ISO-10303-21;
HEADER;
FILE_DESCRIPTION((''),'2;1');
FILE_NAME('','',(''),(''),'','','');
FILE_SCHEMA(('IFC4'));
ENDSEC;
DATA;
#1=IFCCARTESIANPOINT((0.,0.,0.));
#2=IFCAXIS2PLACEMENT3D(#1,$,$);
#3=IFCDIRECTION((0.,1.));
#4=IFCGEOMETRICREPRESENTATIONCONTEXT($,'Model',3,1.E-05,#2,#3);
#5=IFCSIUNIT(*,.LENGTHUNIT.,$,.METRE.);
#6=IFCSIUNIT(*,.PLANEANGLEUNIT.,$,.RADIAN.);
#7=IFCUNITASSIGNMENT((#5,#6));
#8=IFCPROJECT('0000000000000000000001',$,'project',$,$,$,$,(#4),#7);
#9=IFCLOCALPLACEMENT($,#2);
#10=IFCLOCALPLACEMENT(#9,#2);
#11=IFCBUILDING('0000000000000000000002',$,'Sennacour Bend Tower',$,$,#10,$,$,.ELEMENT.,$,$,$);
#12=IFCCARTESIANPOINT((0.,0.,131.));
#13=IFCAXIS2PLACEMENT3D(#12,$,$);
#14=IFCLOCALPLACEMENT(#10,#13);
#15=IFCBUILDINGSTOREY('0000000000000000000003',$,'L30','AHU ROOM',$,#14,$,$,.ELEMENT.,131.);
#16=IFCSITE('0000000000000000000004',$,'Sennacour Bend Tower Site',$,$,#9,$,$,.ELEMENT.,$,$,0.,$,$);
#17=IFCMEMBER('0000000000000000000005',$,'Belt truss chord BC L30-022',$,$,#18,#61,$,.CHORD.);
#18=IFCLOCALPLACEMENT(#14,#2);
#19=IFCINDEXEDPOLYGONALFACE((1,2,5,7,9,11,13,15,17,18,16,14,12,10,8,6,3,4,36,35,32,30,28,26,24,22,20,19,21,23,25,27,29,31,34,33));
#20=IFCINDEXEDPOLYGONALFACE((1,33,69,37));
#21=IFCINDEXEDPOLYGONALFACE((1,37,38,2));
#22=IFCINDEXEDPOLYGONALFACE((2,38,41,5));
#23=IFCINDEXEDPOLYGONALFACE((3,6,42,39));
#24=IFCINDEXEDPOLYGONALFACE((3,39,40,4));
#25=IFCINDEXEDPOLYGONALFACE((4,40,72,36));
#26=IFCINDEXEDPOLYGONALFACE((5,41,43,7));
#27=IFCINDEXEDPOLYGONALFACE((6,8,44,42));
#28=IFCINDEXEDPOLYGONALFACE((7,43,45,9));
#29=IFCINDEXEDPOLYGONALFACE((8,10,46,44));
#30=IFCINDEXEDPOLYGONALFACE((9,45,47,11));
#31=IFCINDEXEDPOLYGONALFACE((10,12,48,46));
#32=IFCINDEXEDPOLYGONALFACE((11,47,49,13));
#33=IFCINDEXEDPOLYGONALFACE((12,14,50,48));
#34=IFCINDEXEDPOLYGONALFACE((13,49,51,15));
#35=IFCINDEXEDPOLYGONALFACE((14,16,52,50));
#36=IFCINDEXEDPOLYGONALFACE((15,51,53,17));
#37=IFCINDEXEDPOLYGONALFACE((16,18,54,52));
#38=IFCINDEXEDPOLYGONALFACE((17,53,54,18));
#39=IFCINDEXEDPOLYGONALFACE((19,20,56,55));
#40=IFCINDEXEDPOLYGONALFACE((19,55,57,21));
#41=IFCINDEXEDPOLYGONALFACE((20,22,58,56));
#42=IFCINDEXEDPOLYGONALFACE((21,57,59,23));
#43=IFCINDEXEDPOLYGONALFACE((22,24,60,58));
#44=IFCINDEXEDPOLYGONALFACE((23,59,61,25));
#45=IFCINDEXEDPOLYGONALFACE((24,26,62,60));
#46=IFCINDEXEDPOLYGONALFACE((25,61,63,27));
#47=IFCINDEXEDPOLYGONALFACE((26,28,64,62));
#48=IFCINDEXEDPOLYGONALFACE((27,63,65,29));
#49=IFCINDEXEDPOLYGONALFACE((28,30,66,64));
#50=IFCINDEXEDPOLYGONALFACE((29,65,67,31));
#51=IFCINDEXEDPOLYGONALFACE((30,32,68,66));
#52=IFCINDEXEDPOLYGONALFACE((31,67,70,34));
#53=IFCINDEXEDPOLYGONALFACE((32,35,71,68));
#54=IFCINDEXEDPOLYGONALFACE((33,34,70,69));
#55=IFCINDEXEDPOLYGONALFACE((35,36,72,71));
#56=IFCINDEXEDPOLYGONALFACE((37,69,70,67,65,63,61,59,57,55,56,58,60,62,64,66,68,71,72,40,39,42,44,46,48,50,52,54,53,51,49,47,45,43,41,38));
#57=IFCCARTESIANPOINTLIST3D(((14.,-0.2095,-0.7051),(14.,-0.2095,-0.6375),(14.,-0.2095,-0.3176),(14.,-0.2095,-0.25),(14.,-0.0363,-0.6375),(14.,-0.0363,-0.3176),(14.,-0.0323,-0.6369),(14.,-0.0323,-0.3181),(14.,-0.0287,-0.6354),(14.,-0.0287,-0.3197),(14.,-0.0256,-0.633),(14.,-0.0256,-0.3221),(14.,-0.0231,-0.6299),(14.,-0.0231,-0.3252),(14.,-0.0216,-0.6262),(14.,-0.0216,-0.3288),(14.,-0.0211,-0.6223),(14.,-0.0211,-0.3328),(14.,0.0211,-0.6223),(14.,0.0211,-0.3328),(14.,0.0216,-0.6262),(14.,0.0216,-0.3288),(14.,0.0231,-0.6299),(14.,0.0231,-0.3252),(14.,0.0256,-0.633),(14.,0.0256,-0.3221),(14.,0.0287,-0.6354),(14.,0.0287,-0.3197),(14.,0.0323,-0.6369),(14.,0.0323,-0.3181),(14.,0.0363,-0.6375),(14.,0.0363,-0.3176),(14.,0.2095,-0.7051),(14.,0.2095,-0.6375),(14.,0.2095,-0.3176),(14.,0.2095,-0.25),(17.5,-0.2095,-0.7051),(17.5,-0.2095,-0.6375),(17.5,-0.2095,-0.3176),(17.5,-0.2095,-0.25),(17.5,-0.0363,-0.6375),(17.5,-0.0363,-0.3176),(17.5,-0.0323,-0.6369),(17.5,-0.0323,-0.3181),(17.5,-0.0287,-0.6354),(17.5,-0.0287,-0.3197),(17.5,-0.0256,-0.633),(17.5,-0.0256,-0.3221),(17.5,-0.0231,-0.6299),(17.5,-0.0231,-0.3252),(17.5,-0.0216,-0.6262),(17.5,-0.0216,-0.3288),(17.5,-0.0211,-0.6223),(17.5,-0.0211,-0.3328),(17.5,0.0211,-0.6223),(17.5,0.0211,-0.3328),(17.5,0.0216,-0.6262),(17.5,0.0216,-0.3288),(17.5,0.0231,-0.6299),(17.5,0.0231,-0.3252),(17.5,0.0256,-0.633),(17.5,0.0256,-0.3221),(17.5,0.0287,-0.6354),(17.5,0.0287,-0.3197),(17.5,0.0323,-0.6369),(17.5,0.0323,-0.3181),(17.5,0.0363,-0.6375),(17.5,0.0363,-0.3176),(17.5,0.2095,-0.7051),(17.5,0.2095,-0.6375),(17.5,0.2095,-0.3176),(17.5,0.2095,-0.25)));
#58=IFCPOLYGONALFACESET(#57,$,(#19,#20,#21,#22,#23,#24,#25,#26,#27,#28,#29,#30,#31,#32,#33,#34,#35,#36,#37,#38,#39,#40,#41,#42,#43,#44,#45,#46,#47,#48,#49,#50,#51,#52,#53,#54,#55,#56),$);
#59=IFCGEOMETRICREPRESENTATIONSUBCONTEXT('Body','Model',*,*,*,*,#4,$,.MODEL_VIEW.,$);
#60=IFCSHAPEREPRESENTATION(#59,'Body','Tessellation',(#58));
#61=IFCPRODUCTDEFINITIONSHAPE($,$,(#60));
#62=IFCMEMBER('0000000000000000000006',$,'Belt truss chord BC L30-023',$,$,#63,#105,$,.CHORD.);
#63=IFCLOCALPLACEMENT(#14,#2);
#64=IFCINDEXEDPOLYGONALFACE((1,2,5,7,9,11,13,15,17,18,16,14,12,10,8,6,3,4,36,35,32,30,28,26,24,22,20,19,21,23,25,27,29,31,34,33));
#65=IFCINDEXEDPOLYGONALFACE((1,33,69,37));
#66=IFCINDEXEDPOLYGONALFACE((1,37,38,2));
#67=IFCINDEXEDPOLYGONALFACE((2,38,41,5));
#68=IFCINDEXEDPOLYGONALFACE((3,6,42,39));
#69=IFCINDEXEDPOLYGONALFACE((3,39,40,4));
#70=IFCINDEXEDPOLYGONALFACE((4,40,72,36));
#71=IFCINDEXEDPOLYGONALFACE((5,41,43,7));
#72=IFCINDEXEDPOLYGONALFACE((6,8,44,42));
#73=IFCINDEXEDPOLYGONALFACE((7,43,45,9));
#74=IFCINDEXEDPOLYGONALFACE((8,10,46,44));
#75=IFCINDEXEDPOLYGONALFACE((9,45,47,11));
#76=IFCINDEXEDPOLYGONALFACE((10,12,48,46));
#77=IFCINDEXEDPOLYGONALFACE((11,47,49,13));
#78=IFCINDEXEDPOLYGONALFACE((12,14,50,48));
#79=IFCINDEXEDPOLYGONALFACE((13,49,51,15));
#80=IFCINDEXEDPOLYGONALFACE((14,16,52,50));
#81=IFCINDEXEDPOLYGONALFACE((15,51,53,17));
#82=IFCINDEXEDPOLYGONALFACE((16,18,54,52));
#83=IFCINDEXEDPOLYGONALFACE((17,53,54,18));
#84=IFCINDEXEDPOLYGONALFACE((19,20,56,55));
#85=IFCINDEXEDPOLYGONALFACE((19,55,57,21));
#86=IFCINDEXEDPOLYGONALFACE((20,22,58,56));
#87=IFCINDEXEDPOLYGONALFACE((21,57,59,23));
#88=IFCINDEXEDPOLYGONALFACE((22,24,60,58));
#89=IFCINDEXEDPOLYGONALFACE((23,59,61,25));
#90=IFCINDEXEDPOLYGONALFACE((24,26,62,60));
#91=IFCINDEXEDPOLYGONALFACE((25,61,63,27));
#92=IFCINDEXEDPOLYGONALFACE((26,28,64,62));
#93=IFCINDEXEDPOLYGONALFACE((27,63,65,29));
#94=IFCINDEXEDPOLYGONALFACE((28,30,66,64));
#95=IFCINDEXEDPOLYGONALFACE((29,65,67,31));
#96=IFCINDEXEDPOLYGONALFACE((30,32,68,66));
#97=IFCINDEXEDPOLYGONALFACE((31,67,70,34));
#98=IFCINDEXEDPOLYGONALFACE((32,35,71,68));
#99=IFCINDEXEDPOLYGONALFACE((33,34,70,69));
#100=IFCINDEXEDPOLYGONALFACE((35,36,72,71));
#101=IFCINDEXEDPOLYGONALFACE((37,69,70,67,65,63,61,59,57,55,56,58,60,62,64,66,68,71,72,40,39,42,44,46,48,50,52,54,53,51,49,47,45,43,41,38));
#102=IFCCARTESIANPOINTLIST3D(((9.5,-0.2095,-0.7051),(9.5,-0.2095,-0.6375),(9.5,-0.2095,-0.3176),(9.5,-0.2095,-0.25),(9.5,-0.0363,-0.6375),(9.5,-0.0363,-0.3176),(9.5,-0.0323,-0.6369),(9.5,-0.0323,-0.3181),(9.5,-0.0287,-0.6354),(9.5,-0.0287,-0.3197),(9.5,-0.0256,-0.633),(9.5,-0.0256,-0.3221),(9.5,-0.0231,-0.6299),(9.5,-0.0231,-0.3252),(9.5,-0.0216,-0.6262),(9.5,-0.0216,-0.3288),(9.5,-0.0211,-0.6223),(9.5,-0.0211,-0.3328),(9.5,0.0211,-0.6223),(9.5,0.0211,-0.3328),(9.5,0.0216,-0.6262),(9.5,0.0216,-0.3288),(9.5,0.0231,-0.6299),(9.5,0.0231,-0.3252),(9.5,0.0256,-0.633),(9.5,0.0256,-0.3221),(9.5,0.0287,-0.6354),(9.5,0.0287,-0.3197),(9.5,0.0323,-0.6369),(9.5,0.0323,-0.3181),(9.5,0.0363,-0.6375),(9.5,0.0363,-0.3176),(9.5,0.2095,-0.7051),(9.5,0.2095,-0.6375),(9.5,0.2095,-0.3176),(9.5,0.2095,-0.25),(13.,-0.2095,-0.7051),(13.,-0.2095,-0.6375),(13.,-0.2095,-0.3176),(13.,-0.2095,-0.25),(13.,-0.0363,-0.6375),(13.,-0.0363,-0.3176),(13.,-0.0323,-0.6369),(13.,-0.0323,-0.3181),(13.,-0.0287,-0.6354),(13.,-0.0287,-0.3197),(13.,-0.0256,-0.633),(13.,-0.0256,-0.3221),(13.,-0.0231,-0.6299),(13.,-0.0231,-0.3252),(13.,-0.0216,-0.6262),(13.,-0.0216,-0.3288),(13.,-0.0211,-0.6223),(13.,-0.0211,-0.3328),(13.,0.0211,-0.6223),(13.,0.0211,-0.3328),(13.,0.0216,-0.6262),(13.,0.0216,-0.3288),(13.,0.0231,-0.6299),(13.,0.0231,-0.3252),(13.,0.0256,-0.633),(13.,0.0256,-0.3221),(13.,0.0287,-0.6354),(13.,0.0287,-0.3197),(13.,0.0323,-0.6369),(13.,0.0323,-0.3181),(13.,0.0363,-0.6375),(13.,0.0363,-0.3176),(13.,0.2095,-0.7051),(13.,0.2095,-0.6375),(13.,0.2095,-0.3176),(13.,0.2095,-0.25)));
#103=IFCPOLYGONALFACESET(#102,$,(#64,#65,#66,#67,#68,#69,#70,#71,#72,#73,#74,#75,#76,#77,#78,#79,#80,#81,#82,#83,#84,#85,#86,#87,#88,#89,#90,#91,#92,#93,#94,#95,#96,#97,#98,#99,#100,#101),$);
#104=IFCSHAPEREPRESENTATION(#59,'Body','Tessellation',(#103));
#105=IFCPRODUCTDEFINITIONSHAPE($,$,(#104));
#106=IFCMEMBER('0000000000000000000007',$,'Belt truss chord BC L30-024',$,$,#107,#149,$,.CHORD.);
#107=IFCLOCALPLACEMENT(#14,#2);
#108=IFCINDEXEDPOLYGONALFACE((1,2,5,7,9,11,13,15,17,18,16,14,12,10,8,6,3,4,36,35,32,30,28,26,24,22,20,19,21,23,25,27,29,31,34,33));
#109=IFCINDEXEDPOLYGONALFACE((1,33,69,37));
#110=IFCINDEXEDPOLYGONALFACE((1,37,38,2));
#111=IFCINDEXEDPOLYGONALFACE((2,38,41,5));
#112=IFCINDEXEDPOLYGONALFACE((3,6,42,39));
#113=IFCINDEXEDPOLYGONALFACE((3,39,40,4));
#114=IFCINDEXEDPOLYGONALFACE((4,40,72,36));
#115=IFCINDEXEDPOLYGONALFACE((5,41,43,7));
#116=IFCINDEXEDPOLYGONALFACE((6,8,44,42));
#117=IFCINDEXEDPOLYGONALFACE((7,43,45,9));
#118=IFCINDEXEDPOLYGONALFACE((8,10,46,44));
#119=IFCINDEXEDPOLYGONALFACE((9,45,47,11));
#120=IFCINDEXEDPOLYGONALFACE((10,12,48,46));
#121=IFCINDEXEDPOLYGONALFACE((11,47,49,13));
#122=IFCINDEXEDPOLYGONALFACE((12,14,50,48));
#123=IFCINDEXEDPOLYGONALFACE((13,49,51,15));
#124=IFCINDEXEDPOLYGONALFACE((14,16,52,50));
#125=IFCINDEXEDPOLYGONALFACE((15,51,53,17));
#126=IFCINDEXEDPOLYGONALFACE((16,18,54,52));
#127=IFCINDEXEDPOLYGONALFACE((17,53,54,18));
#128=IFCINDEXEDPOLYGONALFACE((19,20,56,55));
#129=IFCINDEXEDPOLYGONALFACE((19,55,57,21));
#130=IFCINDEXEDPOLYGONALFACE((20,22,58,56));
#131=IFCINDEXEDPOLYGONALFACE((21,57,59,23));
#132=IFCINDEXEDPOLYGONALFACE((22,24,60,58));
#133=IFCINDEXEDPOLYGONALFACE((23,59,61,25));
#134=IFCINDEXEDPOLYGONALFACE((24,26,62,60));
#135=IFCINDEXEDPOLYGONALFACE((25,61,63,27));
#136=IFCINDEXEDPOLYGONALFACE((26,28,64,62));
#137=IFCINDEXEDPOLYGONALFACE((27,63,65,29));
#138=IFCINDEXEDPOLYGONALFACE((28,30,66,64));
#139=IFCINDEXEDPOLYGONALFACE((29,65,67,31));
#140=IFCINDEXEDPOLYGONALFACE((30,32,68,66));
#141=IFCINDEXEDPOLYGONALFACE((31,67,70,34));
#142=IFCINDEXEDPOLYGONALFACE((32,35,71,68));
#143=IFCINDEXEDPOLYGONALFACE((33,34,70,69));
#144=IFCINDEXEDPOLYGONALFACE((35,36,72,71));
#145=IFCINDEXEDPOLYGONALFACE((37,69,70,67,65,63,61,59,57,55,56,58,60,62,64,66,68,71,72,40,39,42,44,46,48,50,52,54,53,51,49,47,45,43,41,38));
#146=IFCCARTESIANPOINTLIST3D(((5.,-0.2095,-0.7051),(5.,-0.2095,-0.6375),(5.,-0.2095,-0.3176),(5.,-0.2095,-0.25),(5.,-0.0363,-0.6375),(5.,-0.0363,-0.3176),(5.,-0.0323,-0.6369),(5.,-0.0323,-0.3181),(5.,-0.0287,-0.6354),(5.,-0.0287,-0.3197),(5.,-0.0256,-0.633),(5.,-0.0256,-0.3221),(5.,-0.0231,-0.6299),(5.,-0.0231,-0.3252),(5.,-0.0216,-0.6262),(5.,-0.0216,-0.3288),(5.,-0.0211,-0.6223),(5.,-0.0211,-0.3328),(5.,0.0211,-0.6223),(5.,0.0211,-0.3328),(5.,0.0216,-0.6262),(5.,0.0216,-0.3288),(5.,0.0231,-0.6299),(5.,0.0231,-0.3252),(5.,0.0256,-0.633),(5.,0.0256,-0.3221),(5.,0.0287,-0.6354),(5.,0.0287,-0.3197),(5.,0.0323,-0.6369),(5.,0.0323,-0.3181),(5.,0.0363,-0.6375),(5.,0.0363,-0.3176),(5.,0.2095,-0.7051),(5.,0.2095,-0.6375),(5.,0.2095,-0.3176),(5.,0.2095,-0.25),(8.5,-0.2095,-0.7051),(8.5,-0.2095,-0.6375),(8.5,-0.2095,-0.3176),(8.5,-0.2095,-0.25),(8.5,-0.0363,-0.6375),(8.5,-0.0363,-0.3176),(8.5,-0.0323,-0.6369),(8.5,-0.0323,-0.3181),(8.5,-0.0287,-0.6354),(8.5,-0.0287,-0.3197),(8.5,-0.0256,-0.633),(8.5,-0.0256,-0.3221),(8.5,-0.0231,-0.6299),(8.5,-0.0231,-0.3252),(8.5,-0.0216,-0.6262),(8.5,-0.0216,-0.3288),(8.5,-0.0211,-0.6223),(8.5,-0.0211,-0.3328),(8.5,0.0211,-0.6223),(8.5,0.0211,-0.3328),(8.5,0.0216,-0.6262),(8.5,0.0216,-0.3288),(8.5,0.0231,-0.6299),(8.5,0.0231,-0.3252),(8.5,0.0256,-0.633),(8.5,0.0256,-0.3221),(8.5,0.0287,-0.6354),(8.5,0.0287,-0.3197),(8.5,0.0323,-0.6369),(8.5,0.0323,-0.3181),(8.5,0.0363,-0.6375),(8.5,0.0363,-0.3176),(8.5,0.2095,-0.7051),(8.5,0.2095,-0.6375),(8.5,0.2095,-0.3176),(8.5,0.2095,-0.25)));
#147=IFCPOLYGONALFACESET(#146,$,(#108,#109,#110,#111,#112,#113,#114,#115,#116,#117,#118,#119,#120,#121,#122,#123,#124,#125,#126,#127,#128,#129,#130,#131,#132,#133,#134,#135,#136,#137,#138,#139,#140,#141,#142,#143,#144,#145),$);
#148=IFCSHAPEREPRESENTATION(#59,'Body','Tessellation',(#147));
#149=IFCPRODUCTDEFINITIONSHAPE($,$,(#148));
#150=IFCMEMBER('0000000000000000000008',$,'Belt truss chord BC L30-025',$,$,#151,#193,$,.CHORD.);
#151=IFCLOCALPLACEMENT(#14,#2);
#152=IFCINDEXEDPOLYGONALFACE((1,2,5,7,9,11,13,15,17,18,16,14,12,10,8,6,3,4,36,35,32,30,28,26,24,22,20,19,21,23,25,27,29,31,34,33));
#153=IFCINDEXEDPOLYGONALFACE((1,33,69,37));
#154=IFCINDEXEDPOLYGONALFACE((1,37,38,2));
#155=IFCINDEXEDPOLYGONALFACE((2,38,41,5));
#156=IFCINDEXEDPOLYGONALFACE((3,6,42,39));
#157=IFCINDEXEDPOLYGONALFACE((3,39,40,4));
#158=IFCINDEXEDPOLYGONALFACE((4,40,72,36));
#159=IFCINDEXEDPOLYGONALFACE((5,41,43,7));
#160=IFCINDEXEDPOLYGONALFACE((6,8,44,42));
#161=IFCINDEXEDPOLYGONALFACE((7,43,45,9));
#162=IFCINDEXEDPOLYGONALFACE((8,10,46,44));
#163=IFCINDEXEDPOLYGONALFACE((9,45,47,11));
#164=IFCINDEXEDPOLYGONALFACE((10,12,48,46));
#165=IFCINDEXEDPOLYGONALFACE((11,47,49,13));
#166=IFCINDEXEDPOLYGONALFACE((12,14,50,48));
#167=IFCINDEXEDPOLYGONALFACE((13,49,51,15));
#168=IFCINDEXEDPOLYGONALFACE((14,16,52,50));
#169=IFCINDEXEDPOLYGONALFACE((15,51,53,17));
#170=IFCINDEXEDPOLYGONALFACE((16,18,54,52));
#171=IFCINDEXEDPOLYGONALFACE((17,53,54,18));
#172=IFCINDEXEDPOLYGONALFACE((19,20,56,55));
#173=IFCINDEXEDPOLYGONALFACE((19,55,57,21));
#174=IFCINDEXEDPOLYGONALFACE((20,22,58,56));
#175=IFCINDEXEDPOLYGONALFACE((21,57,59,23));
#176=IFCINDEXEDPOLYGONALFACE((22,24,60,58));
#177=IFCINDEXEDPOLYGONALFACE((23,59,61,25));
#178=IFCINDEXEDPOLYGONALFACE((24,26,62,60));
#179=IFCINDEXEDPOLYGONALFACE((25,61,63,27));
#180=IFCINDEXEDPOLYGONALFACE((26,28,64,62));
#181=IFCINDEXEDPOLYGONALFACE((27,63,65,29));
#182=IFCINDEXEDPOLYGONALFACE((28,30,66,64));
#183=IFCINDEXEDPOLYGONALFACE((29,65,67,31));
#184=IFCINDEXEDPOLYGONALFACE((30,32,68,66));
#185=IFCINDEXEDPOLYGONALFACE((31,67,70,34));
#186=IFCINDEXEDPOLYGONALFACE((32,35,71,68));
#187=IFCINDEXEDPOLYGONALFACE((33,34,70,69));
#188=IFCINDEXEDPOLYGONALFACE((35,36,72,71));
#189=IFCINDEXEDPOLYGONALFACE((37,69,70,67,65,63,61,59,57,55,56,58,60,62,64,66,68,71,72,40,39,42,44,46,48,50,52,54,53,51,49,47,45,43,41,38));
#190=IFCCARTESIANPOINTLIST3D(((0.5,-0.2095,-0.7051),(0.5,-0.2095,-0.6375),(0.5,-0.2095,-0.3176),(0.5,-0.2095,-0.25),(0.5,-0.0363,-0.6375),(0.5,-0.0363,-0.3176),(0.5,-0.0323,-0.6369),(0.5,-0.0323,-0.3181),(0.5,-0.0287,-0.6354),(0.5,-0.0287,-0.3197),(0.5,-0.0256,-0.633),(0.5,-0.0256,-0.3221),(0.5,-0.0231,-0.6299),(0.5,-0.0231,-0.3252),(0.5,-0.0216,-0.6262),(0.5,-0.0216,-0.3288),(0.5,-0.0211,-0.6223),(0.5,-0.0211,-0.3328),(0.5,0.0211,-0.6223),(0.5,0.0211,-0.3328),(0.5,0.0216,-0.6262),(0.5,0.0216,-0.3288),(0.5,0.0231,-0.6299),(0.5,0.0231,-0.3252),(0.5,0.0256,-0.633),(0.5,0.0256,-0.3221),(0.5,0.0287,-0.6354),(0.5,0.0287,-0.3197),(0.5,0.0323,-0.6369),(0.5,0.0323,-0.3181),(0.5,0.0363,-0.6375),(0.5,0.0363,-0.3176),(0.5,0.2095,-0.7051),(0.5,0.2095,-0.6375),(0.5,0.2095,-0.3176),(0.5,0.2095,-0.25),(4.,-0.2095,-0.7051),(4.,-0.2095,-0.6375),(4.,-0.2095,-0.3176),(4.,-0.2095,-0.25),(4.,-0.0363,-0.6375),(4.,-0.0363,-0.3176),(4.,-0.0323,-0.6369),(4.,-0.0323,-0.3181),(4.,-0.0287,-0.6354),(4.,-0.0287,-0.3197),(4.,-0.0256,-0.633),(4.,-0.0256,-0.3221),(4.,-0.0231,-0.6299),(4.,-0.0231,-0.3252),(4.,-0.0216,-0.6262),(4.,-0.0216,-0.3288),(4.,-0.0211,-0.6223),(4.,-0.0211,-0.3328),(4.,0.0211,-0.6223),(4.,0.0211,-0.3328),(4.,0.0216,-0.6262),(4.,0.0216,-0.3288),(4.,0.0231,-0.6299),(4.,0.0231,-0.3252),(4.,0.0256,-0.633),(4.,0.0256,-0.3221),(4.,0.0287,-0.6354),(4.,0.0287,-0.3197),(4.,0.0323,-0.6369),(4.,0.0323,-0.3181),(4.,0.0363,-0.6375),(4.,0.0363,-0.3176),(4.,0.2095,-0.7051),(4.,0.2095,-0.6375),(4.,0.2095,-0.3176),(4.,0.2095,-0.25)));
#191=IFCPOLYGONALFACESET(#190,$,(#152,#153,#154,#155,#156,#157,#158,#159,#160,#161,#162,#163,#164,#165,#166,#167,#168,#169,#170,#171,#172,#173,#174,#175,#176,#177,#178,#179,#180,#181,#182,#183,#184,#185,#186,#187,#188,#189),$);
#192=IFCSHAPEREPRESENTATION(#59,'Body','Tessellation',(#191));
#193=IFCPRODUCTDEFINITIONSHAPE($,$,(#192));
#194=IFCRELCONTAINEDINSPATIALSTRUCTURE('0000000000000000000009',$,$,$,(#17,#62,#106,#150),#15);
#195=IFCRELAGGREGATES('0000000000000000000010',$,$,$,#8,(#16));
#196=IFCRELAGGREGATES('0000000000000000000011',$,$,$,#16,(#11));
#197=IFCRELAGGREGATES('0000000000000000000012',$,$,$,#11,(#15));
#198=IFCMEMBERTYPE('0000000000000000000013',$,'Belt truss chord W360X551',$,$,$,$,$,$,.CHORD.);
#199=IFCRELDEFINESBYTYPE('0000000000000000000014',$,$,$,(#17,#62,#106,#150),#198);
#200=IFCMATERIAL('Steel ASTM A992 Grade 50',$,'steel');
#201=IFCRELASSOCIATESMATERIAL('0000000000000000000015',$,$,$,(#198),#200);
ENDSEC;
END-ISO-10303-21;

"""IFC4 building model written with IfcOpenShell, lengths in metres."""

from ifc_helpers import new_model, si_unit, direction, frame, origin, origin_2d, place, context, subcontext, project, spatial, i_section, extrude, material, material_profile, profile_set, type_object, element, save


model = new_model("IFC4")

# Units and contexts
model_context = context("Model", 3, precision=1e-05, world=origin(), true_north=direction((0.0, 1.0)))
body_context = subcontext(model_context, "Body", "Model", "MODEL_VIEW")
ifc_project = project(units=[si_unit("LENGTHUNIT", "METRE"), si_unit("PLANEANGLEUNIT", "RADIAN")], contexts=[model_context])

# Site, building, storey
site_placement = place(None, origin())
site = spatial("IfcSite", under=ifc_project, at=site_placement, Name="Sennacour Bend Tower Site", CompositionType="ELEMENT", RefElevation=0.0)
building_placement = place(site_placement, origin())
building = spatial("IfcBuilding", under=site, at=building_placement, Name="Sennacour Bend Tower", CompositionType="ELEMENT")
storey_placement = place(building_placement, frame((0.0, 0.0, 131.0)))
storey = spatial("IfcBuildingStorey", under=building, at=storey_placement, Name="L30", Description="AHU ROOM", CompositionType="ELEMENT", Elevation=131.0)

# Members
ifc_material_1 = material(Name="Steel ASTM A992 Grade 50", Category="steel")
ifc_material_profile_1 = material_profile(ifc_material_1, i_section(OverallWidth=0.4189, OverallDepth=0.4551, WebThickness=0.0422, FlangeThickness=0.0676, FilletRadius=0.0151, at=origin_2d()), Name="Steel ASTM A992 Grade 50", Category="steel")
ifc_profile_set_1 = profile_set([ifc_material_profile_1], Name="Steel ASTM A992 Grade 50")
member_type_1 = type_object("IfcMemberType", Name="Belt truss chord W360X551", PredefinedType="CHORD", material=ifc_profile_set_1)
for number, where, z_axis, x_axis, name in (
    (1, (17.5, 0.0, -0.4775), (-1.0, 0.0, 0.0), (0.0, -1.0, 0.0), "Belt truss chord BC L30-022"),
    (2, (13.0, 0.0, -0.4775), (-1.0, 0.0, 0.0), (0.0, -1.0, 0.0), "Belt truss chord BC L30-023"),
    (3, (8.5, 0.0, -0.4775), (-1.0, 0.0, 0.0), (0.0, -1.0, 0.0), "Belt truss chord BC L30-024"),
    (4, (4.0, 0.0, -0.4775), (-1.0, 0.0, 0.0), (0.0, -1.0, 0.0), "Belt truss chord BC L30-025"),
):
    element("IfcMember", number, at=place(storey_placement, frame(where, z_axis=z_axis, x_axis=x_axis)), inside=storey, type_object=member_type_1, Name=name, PredefinedType="CHORD", context=body_context, shape_type="SweptSolid", body=[
        extrude(i_section(OverallWidth=0.4189, OverallDepth=0.4551, WebThickness=0.0422, FlangeThickness=0.0676, FilletRadius=0.0151, at=origin_2d()), origin(), (0.0, 0.0, 1.0), 3.5),
    ])

save(model, "model.ifc")
